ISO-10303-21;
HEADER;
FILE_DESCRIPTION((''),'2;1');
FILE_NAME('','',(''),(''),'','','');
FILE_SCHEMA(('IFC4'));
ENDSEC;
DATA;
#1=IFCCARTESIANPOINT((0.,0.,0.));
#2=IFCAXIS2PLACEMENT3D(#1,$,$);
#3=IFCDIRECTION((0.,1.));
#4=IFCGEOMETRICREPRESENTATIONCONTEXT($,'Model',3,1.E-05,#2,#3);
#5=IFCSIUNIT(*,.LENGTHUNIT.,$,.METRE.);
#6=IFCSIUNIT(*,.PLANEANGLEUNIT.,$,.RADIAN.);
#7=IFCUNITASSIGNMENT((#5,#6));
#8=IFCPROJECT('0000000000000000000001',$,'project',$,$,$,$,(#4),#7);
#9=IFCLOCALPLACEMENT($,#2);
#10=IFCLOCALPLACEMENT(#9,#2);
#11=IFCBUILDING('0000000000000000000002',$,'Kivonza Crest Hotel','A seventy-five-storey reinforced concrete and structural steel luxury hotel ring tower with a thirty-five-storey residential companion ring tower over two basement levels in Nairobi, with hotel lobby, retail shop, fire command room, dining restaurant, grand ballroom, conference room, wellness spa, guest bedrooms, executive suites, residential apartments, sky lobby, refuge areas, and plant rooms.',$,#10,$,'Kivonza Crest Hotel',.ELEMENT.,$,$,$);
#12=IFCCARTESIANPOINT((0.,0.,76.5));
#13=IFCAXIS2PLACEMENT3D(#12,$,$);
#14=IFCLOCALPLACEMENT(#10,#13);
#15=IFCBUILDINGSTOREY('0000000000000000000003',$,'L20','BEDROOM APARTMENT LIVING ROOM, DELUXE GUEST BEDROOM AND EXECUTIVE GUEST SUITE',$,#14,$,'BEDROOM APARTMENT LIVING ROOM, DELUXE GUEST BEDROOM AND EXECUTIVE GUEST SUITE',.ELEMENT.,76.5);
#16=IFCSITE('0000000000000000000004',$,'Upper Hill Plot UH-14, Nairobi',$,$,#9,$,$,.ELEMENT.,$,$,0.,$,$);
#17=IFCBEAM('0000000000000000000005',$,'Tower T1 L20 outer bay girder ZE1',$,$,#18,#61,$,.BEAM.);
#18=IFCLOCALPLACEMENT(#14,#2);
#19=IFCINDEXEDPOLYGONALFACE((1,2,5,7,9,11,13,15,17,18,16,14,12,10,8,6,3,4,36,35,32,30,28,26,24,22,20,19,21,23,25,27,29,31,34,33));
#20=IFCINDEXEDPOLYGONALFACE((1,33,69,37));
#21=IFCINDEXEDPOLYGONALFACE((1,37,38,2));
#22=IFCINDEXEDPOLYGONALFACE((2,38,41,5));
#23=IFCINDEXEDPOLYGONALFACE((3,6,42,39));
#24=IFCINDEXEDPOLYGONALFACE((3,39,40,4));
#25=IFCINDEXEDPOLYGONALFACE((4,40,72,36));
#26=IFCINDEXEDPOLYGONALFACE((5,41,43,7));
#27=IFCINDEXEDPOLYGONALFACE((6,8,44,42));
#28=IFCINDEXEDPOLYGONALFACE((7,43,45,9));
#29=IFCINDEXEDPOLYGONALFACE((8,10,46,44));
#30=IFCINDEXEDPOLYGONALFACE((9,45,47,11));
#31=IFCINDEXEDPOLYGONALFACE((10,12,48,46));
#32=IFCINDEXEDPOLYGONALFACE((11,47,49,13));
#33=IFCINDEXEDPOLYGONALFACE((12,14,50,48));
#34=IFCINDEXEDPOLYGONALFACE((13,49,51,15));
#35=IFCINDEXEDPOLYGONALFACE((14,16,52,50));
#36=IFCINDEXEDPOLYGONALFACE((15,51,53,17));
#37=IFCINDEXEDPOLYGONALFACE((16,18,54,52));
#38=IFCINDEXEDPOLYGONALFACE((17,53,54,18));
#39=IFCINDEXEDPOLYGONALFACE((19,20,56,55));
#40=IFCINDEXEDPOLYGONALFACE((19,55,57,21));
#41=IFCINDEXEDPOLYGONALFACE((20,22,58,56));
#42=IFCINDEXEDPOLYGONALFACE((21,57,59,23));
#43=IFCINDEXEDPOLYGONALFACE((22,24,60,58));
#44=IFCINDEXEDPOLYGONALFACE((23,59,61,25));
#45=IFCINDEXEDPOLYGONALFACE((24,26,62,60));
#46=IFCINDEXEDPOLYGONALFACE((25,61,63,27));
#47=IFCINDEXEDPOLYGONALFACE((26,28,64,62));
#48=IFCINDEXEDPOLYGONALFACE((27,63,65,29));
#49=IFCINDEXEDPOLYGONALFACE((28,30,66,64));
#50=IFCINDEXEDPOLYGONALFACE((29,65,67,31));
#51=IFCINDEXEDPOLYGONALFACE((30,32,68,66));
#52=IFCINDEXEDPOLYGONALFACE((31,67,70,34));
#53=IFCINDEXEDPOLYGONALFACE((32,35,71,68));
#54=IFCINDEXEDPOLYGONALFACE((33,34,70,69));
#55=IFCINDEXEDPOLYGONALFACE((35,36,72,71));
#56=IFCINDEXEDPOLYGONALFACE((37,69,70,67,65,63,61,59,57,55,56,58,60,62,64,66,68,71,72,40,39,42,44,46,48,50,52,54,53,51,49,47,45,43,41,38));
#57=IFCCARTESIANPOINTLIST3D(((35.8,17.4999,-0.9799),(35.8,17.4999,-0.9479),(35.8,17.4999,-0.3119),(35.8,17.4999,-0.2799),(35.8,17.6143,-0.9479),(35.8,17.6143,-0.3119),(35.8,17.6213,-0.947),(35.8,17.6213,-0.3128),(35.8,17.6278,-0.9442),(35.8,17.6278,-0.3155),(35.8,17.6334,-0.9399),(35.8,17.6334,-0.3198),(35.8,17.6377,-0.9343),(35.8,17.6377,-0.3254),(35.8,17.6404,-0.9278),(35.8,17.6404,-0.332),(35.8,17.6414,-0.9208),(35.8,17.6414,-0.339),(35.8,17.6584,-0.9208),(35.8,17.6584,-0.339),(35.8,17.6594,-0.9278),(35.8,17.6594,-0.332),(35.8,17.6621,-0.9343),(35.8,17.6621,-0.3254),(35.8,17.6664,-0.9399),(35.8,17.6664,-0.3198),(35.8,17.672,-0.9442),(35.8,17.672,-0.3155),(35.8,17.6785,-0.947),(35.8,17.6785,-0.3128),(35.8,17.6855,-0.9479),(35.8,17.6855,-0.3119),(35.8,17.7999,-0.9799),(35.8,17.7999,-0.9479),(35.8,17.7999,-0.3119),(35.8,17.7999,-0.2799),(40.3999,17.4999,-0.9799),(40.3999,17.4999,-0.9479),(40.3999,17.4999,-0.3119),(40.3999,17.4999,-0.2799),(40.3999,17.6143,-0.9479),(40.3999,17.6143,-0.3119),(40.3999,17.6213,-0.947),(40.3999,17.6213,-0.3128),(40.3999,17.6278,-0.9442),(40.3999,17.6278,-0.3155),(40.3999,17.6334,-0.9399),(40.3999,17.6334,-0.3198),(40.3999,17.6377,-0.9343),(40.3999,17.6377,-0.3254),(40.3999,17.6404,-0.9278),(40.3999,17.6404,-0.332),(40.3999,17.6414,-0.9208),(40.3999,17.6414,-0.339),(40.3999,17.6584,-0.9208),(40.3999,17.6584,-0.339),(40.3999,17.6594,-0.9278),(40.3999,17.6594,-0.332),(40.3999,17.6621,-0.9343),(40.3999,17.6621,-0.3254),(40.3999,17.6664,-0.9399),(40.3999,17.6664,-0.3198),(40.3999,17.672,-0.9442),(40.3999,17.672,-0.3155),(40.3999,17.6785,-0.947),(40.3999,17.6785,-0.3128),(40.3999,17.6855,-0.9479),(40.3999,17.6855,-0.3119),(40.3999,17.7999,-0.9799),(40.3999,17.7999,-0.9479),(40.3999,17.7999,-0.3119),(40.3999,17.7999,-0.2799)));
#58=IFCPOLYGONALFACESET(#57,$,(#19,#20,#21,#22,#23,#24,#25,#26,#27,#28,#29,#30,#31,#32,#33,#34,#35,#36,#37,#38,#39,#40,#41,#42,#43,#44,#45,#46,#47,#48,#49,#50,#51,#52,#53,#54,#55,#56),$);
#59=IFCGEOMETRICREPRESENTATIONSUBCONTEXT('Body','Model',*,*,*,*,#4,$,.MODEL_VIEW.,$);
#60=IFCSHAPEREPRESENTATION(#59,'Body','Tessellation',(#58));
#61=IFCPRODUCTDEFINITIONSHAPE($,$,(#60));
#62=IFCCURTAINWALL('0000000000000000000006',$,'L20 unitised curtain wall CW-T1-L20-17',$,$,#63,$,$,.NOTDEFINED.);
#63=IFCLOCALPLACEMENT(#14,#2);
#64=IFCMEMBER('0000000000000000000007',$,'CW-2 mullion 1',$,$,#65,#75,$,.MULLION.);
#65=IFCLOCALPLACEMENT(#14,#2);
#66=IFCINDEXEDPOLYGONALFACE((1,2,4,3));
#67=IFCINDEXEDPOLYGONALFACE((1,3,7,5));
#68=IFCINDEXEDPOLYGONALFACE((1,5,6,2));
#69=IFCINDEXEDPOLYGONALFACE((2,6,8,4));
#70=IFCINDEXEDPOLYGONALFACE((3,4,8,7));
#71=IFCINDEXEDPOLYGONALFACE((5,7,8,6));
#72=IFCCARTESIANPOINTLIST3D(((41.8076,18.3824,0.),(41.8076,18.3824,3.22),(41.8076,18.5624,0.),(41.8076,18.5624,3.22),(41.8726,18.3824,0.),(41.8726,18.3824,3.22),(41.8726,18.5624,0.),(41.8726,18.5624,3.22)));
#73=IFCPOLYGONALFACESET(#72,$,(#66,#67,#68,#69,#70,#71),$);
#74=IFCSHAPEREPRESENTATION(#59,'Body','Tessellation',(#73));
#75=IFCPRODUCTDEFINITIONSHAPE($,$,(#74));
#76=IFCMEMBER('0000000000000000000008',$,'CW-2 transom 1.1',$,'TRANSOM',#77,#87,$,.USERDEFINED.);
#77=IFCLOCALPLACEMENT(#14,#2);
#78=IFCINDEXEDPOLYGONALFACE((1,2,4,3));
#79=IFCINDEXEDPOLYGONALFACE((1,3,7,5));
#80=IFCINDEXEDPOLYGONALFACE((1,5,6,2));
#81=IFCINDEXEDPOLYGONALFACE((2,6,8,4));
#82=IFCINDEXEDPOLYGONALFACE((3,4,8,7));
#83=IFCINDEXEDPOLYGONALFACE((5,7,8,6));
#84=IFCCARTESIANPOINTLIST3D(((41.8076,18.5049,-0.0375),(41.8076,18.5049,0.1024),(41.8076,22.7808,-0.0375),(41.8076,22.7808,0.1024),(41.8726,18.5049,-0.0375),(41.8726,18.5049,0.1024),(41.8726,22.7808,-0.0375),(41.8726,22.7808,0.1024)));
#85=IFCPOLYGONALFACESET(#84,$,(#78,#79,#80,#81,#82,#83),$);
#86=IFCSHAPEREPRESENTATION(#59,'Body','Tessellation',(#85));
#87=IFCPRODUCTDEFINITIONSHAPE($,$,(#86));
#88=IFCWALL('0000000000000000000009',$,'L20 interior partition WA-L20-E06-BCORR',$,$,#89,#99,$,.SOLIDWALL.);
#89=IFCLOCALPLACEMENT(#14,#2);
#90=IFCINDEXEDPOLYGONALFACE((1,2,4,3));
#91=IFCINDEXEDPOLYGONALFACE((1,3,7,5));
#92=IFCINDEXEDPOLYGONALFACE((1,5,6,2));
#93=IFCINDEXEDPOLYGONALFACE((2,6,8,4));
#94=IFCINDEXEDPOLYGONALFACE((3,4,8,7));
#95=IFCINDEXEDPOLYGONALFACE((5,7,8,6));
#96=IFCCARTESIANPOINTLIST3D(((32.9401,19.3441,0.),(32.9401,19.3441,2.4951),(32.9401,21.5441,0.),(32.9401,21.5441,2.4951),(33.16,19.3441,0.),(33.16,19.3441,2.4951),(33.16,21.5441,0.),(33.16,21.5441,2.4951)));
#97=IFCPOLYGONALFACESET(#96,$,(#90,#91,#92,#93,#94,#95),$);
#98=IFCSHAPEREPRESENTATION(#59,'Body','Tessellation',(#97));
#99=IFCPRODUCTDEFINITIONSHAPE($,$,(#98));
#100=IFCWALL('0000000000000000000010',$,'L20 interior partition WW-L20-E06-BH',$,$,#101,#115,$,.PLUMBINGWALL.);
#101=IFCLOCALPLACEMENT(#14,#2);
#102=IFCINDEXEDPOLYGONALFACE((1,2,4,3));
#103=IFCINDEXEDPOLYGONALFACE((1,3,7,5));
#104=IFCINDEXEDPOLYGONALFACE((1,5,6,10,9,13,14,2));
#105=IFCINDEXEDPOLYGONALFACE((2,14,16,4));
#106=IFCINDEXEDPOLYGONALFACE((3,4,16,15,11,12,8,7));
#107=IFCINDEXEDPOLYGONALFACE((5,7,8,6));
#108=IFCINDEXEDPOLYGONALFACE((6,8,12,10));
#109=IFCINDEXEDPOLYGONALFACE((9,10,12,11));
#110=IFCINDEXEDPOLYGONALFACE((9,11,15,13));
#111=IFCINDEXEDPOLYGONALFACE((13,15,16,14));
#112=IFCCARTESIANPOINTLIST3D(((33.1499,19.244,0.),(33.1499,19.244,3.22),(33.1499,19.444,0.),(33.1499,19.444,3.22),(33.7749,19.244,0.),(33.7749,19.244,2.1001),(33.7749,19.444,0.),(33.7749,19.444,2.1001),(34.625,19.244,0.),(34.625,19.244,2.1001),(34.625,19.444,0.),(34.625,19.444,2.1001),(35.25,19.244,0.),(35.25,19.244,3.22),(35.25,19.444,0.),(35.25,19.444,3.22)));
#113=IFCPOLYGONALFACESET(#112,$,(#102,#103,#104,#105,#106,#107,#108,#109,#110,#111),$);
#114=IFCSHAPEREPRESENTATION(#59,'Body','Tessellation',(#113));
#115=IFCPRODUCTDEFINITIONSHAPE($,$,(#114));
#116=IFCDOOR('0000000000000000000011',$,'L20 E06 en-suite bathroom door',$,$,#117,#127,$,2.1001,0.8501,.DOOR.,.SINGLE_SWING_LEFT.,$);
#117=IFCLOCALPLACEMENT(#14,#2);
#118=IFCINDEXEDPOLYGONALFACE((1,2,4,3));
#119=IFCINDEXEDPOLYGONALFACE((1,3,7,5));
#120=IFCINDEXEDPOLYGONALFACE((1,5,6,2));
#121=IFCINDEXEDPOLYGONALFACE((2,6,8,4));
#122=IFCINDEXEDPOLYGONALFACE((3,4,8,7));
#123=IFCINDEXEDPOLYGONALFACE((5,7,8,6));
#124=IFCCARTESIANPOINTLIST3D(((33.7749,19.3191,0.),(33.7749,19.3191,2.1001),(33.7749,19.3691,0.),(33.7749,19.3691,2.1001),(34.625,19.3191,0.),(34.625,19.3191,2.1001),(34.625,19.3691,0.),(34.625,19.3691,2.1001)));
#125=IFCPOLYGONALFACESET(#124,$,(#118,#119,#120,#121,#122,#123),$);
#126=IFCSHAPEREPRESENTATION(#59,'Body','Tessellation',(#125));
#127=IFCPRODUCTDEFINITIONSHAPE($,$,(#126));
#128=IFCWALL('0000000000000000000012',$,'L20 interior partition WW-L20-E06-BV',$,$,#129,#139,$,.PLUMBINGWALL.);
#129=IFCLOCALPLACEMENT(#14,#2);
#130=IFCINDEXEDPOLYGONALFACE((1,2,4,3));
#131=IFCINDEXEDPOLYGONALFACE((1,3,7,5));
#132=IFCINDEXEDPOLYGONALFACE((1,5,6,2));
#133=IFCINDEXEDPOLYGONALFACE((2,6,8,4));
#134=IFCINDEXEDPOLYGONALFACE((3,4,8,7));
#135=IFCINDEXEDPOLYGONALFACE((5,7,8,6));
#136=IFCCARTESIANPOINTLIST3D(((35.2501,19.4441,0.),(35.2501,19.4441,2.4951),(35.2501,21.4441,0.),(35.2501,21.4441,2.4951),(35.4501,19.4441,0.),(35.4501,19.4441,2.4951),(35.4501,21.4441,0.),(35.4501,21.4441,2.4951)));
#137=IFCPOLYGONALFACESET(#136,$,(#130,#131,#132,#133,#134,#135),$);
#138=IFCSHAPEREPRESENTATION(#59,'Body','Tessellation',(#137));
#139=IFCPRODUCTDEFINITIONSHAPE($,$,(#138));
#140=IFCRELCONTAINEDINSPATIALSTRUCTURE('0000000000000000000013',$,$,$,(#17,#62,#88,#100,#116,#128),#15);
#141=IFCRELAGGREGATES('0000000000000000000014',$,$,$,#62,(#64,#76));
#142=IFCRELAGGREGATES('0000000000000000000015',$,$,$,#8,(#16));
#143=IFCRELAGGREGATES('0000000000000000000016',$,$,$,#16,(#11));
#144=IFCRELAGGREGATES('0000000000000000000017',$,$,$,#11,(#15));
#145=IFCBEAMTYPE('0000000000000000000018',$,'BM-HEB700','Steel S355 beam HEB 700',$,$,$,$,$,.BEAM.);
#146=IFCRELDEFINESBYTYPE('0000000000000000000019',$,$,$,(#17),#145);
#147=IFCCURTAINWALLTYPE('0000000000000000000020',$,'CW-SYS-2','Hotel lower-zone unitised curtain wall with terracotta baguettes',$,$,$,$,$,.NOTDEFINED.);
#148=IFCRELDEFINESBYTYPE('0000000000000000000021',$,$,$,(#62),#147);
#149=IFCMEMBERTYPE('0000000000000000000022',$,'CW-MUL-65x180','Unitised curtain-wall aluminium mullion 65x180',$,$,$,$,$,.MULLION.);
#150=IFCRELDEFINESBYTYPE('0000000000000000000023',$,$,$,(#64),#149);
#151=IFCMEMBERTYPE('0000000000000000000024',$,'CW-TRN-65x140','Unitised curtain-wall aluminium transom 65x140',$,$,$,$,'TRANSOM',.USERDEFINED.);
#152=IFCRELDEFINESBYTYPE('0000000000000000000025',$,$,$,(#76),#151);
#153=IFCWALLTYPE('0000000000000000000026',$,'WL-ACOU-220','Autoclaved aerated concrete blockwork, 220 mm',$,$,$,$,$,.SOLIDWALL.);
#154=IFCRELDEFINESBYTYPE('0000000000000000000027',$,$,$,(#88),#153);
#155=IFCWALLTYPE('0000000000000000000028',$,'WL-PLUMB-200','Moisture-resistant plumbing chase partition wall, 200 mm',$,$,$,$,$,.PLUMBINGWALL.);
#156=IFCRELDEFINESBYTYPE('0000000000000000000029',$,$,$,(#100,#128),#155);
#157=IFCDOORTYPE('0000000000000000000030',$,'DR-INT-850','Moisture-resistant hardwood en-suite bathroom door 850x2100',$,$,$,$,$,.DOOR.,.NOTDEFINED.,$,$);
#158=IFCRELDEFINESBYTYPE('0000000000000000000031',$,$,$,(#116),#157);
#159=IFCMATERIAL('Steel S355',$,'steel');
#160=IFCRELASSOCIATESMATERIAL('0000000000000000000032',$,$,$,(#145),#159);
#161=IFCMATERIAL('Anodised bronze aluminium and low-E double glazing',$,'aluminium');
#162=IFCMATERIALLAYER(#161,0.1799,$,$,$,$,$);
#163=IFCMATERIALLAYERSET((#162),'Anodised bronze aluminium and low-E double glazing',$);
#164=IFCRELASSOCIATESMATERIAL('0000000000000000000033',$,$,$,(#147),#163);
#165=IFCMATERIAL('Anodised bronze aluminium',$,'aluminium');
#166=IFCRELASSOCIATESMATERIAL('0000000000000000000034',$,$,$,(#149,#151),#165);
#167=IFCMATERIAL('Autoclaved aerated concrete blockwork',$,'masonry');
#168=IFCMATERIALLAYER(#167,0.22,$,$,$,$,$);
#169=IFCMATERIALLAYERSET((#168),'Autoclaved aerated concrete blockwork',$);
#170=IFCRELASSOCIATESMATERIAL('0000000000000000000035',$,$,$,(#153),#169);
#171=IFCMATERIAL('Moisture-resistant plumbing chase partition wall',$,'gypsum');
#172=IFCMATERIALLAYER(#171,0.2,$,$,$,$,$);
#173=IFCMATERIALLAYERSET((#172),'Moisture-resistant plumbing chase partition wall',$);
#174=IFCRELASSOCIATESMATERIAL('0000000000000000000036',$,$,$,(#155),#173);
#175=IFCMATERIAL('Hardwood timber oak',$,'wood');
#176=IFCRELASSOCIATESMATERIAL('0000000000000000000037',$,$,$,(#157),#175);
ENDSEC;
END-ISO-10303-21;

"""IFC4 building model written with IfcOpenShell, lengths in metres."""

from ifc_helpers import new_model, si_unit, direction, frame, frame_2d, origin, origin_2d, place, context, subcontext, project, spatial, rectangle, i_section, extrude, material, layer, layer_set, material_profile, profile_set, type_object, element, fill, aggregate, save


model = new_model("IFC4")

# Units and contexts
model_context = context("Model", 3, precision=1e-05, world=origin(), true_north=direction((0.0, 1.0)))
body_context = subcontext(model_context, "Body", "Model", "MODEL_VIEW")
ifc_project = project(units=[si_unit("LENGTHUNIT", "METRE"), si_unit("PLANEANGLEUNIT", "RADIAN")], contexts=[model_context])

# Site, building, storey
site_placement = place(None, origin())
site = spatial("IfcSite", under=ifc_project, at=site_placement, Name="Upper Hill Plot UH-14, Nairobi", CompositionType="ELEMENT", RefElevation=0.0)
building_placement = place(site_placement, origin())
building = spatial("IfcBuilding", under=site, at=building_placement, Name="Kivonza Crest Hotel", Description="A seventy-five-storey reinforced concrete and structural steel luxury hotel ring tower with a thirty-five-storey residential companion ring tower over two basement levels in Nairobi, with hotel lobby, retail shop, fire command room, dining restaurant, grand ballroom, conference room, wellness spa, guest bedrooms, executive suites, residential apartments, sky lobby, refuge areas, and plant rooms.", LongName="Kivonza Crest Hotel", CompositionType="ELEMENT")
storey_placement = place(building_placement, frame((0.0, 0.0, 76.5)))
storey = spatial("IfcBuildingStorey", under=building, at=storey_placement, Name="L20", Description="BEDROOM APARTMENT LIVING ROOM, DELUXE GUEST BEDROOM AND EXECUTIVE GUEST SUITE", LongName="BEDROOM APARTMENT LIVING ROOM, DELUXE GUEST BEDROOM AND EXECUTIVE GUEST SUITE", CompositionType="ELEMENT", Elevation=76.5)

# Beam
ifc_material_1 = material(Name="Steel S355", Category="steel")
ifc_material_profile_1 = material_profile(ifc_material_1, i_section(OverallWidth=0.3, OverallDepth=0.7, WebThickness=0.0171, FlangeThickness=0.032, FilletRadius=0.0271, at=origin_2d()), Name="HEB 700")
ifc_profile_set_1 = profile_set([ifc_material_profile_1], Name="Steel S355")
beam_type_1 = type_object("IfcBeamType", Name="BM-HEB700", Description="Steel S355 beam HEB 700", PredefinedType="BEAM", material=ifc_profile_set_1)
beam_1_placement = place(storey_placement, frame((40.3999, 17.6499, -0.6299), z_axis=(-1.0, 0.0, 0.0), x_axis=(0.0, -1.0, 0.0)))
element("IfcBeam", 1, at=beam_1_placement, inside=storey, type_object=beam_type_1, Name="Tower T1 L20 outer bay girder ZE1", PredefinedType="BEAM", context=body_context, shape_type="SweptSolid", body=[
    extrude(i_section(OverallWidth=0.3, OverallDepth=0.7, WebThickness=0.0171, FlangeThickness=0.032, FilletRadius=0.0271, at=origin_2d()), origin(), (0.0, 0.0, 1.0), 4.5999),
])

# Curtain wall, members
ifc_material_2 = material(Name="Anodised bronze aluminium and low-E double glazing", Category="aluminium")
ifc_layer_1 = layer(ifc_material_2, 0.1799)
ifc_layer_set_1 = layer_set([ifc_layer_1], Name="Anodised bronze aluminium and low-E double glazing")
curtain_wall_type = type_object("IfcCurtainWallType", Name="CW-SYS-2", Description="Hotel lower-zone unitised curtain wall with terracotta baguettes", PredefinedType="NOTDEFINED", material=ifc_layer_set_1)
curtain_wall_placement = place(storey_placement, origin())
curtain_wall = element("IfcCurtainWall", 2, at=curtain_wall_placement, inside=storey, type_object=curtain_wall_type, Name="L20 unitised curtain wall CW-T1-L20-17", PredefinedType="NOTDEFINED")
ifc_material_3 = material(Name="Anodised bronze aluminium", Category="aluminium")
ifc_material_profile_2 = material_profile(ifc_material_3, rectangle(XDim=0.0649, YDim=0.1799, at=origin_2d()), Name="CW-M 65x180")
ifc_profile_set_2 = profile_set([ifc_material_profile_2], Name="Anodised bronze aluminium")
member_type_1 = type_object("IfcMemberType", Name="CW-MUL-65x180", Description="Unitised curtain-wall aluminium mullion 65x180", PredefinedType="MULLION", material=ifc_profile_set_2)
member_1_placement = place(storey_placement, frame((41.8401, 18.4724, 0.0), z_axis=(0.0, 0.0, 1.0), x_axis=(-1.0, 0.0, 0.0)))
member_1 = element("IfcMember", 3, at=member_1_placement, type_object=member_type_1, Name="CW-2 mullion 1", PredefinedType="MULLION", context=body_context, shape_type="SweptSolid", body=[
    extrude(rectangle(XDim=0.0649, YDim=0.1799, at=origin_2d()), origin(), (0.0, 0.0, 1.0), 3.22),
])
ifc_material_profile_3 = material_profile(ifc_material_3, rectangle(XDim=0.0649, YDim=0.1399, at=origin_2d()), Name="CW-T 65x140")
ifc_profile_set_3 = profile_set([ifc_material_profile_3], Name="Anodised bronze aluminium")
member_type_2 = type_object("IfcMemberType", Name="CW-TRN-65x140", Description="Unitised curtain-wall aluminium transom 65x140", ElementType="TRANSOM", PredefinedType="USERDEFINED", material=ifc_profile_set_3)
member_2_placement = place(storey_placement, frame((41.8401, 18.5049, 0.0325), z_axis=(0.0, 1.0, 0.0), x_axis=(-1.0, 0.0, 0.0)))
member_2 = element("IfcMember", 4, at=member_2_placement, type_object=member_type_2, Name="CW-2 transom 1.1", ObjectType="TRANSOM", PredefinedType="USERDEFINED", context=body_context, shape_type="SweptSolid", body=[
    extrude(rectangle(XDim=0.0649, YDim=0.1399, at=origin_2d()), origin(), (0.0, 0.0, 1.0), 4.2759),
])
aggregate(curtain_wall, [member_1, member_2])

# Wall
ifc_material_4 = material(Name="Autoclaved aerated concrete blockwork", Category="masonry")
ifc_layer_2 = layer(ifc_material_4, 0.22)
ifc_layer_set_2 = layer_set([ifc_layer_2], Name="Autoclaved aerated concrete blockwork")
wall_type_1 = type_object("IfcWallType", Name="WL-ACOU-220", Description="Autoclaved aerated concrete blockwork, 220 mm", PredefinedType="SOLIDWALL", material=ifc_layer_set_2)
wall_1_placement = place(storey_placement, frame((33.05, 19.344, 0.0), z_axis=(0.0, 0.0, 1.0), x_axis=(0.0, 1.0, 0.0)))
element("IfcWall", 5, at=wall_1_placement, inside=storey, type_object=wall_type_1, Name="L20 interior partition WA-L20-E06-BCORR", PredefinedType="SOLIDWALL", context=body_context, shape_type="SweptSolid", body=[
    extrude(rectangle(XDim=2.2, YDim=0.22, at=frame_2d((1.1001, 0.0))), origin(), (0.0, 0.0, 1.0), 2.4951),
])

# Wall, opening, door
ifc_material_5 = material(Name="Moisture-resistant plumbing chase partition wall", Category="gypsum")
ifc_layer_3 = layer(ifc_material_5, 0.2)
ifc_layer_set_3 = layer_set([ifc_layer_3], Name="Moisture-resistant plumbing chase partition wall")
wall_type_2 = type_object("IfcWallType", Name="WL-PLUMB-200", Description="Moisture-resistant plumbing chase partition wall, 200 mm", PredefinedType="PLUMBINGWALL", material=ifc_layer_set_3)
wall_2_placement = place(storey_placement, frame((33.1499, 19.344, 0.0), z_axis=(0.0, 0.0, 1.0), x_axis=(1.0, 0.0, 0.0)))
wall_2 = element("IfcWall", 6, at=wall_2_placement, inside=storey, type_object=wall_type_2, Name="L20 interior partition WW-L20-E06-BH", PredefinedType="PLUMBINGWALL", context=body_context, shape_type="SweptSolid", body=[
    extrude(rectangle(XDim=2.1001, YDim=0.2, at=frame_2d((1.05, 0.0))), origin(), (0.0, 0.0, 1.0), 3.22),
])
opening_placement = place(wall_2_placement, frame((0.625, 0.0, 0.0)))
opening = element("IfcOpeningElement", 7, at=opening_placement, cuts=wall_2, PredefinedType="OPENING", context=body_context, shape_type="SweptSolid", body=[
    extrude(rectangle(XDim=0.8501, YDim=2.1001, at=frame_2d((0.425, 1.05))), frame((0.0, 0.1099, 0.0), z_axis=(0.0, -1.0, 0.0), x_axis=(1.0, 0.0, 0.0)), (0.0, 0.0, 1.0), 0.22),
])
ifc_material_6 = material(Name="Hardwood timber oak", Category="wood")
door_type = type_object("IfcDoorType", Name="DR-INT-850", Description="Moisture-resistant hardwood en-suite bathroom door 850x2100", OperationType="NOTDEFINED", PredefinedType="DOOR", material=ifc_material_6)
door_placement = place(opening_placement, frame((0.8501, 0.0, 0.0), z_axis=(0.0, 0.0, 1.0), x_axis=(-1.0, 0.0, 0.0)))
door = element("IfcDoor", 8, at=door_placement, inside=storey, type_object=door_type, Name="L20 E06 en-suite bathroom door", OperationType="SINGLE_SWING_LEFT", OverallHeight=2.1001, OverallWidth=0.8501, PredefinedType="DOOR", context=body_context, shape_type="SweptSolid", body=[
    extrude(rectangle(XDim=0.8501, YDim=2.1001, at=frame_2d((0.425, 1.05))), frame((0.0, 0.0249, 0.0), z_axis=(0.0, -1.0, 0.0), x_axis=(1.0, 0.0, 0.0)), (0.0, 0.0, 1.0), 0.05),
])
fill(opening, door)

# Wall
wall_3_placement = place(storey_placement, frame((35.3501, 19.4441, 0.0), z_axis=(0.0, 0.0, 1.0), x_axis=(0.0, 1.0, 0.0)))
element("IfcWall", 9, at=wall_3_placement, inside=storey, type_object=wall_type_2, Name="L20 interior partition WW-L20-E06-BV", PredefinedType="PLUMBINGWALL", context=body_context, shape_type="SweptSolid", body=[
    extrude(rectangle(XDim=2.0, YDim=0.2, at=frame_2d((1.0, 0.0))), origin(), (0.0, 0.0, 1.0), 2.4951),
])

save(model, "model.ifc")
